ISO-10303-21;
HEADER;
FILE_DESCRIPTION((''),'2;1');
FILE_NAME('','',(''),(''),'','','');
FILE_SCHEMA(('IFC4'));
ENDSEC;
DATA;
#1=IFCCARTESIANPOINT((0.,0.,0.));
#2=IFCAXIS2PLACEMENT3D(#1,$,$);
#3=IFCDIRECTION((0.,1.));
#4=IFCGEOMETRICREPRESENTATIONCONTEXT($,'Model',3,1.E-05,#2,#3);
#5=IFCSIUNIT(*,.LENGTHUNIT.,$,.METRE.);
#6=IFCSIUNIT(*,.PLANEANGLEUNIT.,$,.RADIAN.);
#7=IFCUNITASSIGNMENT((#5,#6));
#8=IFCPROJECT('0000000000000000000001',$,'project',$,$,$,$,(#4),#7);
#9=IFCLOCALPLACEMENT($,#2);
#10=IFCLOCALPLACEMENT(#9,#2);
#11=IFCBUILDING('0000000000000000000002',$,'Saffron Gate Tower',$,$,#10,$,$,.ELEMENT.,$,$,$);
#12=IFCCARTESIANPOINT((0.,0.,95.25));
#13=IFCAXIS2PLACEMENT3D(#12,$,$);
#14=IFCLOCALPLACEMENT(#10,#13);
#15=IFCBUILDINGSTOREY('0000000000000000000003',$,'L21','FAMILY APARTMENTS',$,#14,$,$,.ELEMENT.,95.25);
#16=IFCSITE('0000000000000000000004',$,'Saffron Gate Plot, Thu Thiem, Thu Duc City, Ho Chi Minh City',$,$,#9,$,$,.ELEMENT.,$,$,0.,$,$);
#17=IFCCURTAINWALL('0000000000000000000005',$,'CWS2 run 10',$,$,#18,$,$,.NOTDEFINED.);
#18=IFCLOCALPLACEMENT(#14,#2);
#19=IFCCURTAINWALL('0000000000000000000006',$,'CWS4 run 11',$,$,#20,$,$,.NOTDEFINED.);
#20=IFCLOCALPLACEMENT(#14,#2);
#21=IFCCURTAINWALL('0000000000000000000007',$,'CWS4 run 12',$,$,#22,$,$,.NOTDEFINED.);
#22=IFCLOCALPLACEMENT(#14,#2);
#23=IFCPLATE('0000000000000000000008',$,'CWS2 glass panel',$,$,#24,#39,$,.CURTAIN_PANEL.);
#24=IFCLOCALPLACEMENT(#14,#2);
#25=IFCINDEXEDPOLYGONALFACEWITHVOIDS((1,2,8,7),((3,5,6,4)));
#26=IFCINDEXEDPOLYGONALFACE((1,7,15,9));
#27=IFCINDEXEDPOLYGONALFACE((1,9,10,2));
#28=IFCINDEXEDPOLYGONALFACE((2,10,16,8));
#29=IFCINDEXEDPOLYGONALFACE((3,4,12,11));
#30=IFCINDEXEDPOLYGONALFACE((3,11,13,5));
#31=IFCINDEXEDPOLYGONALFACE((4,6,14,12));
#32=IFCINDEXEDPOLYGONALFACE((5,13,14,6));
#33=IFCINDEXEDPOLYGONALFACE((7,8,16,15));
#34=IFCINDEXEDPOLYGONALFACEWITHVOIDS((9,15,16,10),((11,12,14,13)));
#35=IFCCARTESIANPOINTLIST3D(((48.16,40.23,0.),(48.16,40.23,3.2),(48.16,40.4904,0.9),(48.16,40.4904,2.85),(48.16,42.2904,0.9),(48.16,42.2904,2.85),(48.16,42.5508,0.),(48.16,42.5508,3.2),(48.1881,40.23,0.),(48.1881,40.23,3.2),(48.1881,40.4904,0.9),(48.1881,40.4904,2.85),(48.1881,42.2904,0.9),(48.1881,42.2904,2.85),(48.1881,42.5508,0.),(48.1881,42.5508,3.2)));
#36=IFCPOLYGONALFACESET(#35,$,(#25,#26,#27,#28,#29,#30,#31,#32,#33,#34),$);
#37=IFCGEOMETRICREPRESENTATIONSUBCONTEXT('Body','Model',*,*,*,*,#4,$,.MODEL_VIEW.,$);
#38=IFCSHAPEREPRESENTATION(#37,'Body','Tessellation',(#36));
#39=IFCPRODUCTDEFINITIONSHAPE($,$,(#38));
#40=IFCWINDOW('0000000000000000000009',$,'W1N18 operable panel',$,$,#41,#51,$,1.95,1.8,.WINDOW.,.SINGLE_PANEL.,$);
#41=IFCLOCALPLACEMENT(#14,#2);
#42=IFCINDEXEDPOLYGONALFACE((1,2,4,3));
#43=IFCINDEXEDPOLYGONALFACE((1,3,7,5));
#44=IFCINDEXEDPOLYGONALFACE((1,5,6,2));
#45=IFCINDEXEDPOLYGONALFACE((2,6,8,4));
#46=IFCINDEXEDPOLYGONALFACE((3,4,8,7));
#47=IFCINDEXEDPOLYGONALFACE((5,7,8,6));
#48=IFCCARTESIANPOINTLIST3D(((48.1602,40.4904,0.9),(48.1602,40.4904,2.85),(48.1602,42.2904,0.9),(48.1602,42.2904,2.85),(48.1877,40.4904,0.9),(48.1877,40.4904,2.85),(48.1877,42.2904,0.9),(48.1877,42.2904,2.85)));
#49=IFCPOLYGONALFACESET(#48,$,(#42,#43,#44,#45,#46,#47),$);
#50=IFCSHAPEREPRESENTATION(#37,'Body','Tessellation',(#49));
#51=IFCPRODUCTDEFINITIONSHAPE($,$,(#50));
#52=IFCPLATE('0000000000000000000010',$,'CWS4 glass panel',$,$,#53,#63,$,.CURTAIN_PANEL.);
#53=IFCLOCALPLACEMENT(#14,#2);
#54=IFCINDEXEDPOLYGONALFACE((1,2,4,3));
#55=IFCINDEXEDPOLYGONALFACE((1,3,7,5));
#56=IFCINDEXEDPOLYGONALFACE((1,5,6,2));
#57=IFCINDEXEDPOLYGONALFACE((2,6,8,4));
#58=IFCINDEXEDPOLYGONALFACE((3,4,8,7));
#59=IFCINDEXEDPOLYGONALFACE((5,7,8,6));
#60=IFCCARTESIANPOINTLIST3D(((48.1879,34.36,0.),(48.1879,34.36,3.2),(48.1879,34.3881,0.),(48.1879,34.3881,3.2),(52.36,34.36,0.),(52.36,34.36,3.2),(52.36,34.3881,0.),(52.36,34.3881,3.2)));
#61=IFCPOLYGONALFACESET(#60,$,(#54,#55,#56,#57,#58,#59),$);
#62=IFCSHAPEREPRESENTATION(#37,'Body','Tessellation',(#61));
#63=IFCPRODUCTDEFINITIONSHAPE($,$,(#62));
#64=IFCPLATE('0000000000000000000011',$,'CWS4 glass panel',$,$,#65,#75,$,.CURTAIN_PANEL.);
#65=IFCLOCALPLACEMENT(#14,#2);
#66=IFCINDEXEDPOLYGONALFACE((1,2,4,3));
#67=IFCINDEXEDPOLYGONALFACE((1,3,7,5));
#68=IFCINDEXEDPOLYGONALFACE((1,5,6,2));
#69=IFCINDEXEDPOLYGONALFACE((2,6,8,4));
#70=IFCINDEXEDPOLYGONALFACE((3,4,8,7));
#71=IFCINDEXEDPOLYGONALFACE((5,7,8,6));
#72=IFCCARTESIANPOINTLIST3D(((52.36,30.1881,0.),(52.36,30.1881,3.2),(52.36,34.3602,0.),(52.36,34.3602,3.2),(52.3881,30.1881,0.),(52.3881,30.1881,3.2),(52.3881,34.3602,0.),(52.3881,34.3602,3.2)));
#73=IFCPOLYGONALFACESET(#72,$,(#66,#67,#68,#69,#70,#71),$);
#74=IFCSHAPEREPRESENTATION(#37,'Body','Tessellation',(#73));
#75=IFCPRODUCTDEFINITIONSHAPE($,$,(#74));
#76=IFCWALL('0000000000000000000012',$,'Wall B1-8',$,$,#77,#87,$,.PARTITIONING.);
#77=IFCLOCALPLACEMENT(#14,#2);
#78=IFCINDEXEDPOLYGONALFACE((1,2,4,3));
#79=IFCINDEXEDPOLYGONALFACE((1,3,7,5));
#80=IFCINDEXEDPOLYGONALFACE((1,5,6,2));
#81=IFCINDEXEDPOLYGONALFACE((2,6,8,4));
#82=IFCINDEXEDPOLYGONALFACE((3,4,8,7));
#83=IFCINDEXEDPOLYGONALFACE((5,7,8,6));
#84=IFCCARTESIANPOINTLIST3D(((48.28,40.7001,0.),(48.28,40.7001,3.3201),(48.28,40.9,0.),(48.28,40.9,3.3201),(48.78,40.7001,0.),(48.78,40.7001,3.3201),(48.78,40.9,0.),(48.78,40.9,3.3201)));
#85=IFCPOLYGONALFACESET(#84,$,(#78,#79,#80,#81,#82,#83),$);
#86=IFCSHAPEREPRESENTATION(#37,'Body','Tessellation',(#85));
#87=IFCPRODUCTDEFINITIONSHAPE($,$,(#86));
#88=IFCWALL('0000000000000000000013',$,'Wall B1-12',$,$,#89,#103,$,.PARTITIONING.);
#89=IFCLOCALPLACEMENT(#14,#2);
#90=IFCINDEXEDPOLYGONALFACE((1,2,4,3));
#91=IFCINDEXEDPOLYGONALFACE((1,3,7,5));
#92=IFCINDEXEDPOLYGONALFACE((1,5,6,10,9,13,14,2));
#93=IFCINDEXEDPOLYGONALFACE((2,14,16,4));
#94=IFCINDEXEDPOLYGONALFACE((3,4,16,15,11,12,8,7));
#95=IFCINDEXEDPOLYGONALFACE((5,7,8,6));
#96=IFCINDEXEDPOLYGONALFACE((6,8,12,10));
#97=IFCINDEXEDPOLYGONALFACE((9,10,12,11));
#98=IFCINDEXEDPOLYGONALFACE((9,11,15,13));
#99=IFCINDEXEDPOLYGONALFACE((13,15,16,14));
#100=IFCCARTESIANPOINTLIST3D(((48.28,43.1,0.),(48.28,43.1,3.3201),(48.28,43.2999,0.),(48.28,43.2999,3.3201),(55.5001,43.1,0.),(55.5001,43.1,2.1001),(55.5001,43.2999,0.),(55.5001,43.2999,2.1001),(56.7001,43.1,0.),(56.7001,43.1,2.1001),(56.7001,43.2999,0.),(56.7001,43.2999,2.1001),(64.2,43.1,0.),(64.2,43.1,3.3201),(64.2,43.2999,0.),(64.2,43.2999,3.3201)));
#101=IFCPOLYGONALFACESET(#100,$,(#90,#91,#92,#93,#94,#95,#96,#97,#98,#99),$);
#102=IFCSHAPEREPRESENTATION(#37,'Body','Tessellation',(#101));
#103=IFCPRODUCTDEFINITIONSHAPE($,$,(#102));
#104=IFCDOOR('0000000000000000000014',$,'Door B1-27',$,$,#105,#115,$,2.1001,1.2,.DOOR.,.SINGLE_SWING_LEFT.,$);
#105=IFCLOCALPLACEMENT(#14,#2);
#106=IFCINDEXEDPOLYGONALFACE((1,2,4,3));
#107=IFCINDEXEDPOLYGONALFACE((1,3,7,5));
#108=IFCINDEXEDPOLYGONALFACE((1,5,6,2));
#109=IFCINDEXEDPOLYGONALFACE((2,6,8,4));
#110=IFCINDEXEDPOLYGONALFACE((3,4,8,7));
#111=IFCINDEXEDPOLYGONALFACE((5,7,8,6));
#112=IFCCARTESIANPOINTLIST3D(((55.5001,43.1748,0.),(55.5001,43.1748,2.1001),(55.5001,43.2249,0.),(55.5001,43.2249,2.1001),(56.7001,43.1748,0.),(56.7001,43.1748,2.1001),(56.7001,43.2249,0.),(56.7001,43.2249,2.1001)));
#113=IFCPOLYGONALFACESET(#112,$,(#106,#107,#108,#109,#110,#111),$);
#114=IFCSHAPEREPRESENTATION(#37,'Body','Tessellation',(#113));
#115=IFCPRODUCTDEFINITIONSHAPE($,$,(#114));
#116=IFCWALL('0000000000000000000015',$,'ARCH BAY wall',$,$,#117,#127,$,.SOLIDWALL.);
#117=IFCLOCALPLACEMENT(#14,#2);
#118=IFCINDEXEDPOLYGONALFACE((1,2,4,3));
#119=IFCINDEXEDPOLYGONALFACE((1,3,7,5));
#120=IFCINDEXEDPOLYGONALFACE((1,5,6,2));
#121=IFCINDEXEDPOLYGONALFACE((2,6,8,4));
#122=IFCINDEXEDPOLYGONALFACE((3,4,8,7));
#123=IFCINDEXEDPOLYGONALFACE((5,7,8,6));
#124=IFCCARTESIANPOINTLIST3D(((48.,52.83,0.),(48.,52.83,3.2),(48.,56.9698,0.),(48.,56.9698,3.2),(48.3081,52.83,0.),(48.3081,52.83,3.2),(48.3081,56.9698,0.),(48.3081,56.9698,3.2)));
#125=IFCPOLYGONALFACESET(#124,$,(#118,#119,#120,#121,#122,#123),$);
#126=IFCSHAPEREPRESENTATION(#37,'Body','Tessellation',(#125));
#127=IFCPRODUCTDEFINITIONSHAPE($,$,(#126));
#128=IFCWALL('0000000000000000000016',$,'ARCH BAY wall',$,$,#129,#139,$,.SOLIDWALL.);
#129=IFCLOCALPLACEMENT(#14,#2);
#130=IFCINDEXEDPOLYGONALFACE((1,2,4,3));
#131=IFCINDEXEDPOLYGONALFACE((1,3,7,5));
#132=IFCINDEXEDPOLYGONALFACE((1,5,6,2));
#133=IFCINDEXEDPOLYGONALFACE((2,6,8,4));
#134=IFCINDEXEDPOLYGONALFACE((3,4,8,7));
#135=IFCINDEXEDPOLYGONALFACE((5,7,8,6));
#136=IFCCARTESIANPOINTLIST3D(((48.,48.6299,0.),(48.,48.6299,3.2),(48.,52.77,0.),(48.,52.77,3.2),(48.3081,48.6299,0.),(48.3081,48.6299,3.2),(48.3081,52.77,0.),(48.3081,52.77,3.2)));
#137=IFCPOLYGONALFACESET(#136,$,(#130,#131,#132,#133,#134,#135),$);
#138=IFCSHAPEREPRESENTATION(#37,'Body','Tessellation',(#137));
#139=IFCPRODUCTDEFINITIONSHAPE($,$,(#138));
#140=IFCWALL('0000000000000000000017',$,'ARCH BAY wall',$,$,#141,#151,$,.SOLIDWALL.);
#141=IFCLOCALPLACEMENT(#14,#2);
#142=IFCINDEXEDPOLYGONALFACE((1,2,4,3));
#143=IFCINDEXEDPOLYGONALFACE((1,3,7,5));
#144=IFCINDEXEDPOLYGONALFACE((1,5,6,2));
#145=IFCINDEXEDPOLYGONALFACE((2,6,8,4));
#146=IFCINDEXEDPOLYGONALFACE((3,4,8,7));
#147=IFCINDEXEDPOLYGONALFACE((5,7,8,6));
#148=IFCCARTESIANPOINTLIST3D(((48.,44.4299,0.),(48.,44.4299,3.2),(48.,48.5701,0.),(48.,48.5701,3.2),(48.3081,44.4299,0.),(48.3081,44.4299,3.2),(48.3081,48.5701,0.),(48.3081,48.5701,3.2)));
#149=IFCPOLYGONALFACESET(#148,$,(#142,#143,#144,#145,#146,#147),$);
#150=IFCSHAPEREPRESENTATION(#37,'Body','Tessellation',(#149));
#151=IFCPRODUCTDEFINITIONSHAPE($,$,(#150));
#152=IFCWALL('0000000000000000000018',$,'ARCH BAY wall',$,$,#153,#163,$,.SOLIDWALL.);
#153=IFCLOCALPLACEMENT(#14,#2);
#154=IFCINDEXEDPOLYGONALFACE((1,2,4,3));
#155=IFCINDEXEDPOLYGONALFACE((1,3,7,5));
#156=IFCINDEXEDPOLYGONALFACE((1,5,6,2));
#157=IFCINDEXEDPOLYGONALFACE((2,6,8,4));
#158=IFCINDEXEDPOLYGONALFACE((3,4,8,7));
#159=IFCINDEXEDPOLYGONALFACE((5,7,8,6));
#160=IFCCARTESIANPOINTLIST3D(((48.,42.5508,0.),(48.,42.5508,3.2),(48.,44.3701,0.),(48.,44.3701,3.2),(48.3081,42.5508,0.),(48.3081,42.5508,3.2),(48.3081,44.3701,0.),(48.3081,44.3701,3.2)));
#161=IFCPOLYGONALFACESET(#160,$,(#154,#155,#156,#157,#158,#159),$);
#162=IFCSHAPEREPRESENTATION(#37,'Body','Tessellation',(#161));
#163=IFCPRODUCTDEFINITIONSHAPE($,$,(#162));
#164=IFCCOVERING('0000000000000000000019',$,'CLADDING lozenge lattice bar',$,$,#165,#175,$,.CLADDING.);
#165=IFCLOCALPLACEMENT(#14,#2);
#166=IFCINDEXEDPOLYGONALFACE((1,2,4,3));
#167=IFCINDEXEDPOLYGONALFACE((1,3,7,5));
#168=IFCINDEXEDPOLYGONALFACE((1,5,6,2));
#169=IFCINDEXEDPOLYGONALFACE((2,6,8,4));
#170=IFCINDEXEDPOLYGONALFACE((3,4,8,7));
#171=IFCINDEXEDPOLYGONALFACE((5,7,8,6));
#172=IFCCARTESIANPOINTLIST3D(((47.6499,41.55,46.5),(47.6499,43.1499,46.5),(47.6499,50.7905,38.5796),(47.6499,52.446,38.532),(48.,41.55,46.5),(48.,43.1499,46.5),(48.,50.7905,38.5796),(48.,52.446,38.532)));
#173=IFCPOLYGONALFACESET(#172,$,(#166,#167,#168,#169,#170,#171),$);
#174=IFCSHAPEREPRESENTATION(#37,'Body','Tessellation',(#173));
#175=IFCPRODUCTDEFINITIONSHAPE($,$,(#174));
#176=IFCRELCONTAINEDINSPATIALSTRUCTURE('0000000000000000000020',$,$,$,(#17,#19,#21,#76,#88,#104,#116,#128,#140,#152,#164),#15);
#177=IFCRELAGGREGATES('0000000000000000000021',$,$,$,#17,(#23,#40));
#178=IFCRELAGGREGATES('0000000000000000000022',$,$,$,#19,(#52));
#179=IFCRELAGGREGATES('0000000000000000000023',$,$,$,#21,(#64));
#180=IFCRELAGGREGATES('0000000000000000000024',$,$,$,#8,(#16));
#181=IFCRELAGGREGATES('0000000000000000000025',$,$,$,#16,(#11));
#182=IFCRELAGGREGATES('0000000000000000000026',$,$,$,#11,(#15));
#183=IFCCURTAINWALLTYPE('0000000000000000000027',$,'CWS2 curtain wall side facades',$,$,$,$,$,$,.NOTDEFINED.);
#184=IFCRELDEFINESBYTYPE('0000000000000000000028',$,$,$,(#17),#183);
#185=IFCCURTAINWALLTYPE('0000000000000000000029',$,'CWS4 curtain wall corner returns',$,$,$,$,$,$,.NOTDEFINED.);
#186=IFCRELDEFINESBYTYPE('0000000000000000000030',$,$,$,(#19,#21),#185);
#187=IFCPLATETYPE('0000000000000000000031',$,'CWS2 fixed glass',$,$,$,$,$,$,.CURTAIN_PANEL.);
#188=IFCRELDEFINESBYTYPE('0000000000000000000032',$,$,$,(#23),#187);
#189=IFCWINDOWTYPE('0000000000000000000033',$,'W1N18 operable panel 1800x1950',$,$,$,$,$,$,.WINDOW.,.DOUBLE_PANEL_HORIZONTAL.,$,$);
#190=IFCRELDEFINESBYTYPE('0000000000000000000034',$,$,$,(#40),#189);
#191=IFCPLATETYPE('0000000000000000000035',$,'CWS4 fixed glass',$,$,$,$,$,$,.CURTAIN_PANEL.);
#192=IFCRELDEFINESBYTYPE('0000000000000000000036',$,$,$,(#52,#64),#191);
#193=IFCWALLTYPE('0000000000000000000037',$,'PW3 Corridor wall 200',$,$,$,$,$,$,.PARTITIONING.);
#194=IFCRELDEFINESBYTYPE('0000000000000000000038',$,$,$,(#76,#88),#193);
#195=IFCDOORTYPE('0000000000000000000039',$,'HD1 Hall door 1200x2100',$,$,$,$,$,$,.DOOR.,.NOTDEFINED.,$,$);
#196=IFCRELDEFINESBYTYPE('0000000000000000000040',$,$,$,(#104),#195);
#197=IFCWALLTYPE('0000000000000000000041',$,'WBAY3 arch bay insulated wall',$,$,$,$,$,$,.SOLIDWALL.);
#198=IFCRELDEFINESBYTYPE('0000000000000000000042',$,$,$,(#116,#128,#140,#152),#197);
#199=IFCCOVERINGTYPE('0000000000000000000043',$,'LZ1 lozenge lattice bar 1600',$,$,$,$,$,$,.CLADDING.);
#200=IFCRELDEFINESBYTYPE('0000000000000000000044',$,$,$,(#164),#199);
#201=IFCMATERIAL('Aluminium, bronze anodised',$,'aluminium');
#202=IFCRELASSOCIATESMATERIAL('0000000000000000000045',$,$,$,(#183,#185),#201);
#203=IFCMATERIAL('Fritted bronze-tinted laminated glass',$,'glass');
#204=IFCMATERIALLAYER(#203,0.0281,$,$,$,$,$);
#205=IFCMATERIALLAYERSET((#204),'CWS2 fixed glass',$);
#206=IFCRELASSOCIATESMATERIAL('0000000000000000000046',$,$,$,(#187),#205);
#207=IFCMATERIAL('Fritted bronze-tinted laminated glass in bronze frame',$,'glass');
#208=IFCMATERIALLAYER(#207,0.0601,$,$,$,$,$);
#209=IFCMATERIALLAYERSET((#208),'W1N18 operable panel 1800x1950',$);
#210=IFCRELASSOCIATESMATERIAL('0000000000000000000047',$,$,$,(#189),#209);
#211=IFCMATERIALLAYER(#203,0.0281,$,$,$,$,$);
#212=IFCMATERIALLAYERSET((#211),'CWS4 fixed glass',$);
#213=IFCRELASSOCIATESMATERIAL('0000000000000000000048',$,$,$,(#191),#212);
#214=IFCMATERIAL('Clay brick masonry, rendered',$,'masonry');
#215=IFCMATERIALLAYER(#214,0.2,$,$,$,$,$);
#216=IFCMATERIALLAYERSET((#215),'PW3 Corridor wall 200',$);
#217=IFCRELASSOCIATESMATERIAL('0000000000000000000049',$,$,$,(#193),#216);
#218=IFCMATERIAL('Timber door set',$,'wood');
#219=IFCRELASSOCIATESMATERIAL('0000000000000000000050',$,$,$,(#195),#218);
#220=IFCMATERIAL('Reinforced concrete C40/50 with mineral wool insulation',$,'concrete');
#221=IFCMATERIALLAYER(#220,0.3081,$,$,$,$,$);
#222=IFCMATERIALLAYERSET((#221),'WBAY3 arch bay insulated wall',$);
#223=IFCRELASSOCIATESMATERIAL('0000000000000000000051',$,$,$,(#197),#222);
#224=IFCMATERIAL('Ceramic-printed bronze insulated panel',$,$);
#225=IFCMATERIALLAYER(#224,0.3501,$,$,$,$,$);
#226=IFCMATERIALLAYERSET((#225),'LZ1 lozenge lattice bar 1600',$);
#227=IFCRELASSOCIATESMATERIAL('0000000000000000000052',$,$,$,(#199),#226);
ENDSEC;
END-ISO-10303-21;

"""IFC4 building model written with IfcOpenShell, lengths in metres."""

from ifc_helpers import new_model, si_unit, direction, frame, frame_2d, origin, place, context, subcontext, project, spatial, polyline, rectangle, outline, extrude, material, layer, layer_set, type_object, element, fill, aggregate, save


model = new_model("IFC4")

# Units and contexts
model_context = context("Model", 3, precision=1e-05, world=origin(), true_north=direction((0.0, 1.0)))
body_context = subcontext(model_context, "Body", "Model", "MODEL_VIEW")
ifc_project = project(units=[si_unit("LENGTHUNIT", "METRE"), si_unit("PLANEANGLEUNIT", "RADIAN")], contexts=[model_context])

# Site, building, storey
site_placement = place(None, origin())
site = spatial("IfcSite", under=ifc_project, at=site_placement, Name="Saffron Gate Plot, Thu Thiem, Thu Duc City, Ho Chi Minh City", CompositionType="ELEMENT", RefElevation=0.0)
building_placement = place(site_placement, origin())
building = spatial("IfcBuilding", under=site, at=building_placement, Name="Saffron Gate Tower", CompositionType="ELEMENT")
storey_placement = place(building_placement, frame((0.0, 0.0, 95.25)))
storey = spatial("IfcBuildingStorey", under=building, at=storey_placement, Name="L21", Description="FAMILY APARTMENTS", CompositionType="ELEMENT", Elevation=95.25)

# Curtain wall
ifc_material_1 = material(Name="Aluminium, bronze anodised", Category="aluminium")
curtain_wall_type_1 = type_object("IfcCurtainWallType", Name="CWS2 curtain wall side facades", PredefinedType="NOTDEFINED", material=ifc_material_1)
curtain_wall_1_placement = place(storey_placement, origin())
curtain_wall_1 = element("IfcCurtainWall", 1, at=curtain_wall_1_placement, inside=storey, type_object=curtain_wall_type_1, Name="CWS2 run 10", PredefinedType="NOTDEFINED")

# Curtain walls
curtain_wall_type_2 = type_object("IfcCurtainWallType", Name="CWS4 curtain wall corner returns", PredefinedType="NOTDEFINED", material=ifc_material_1)
curtain_wall_2_placement = place(storey_placement, origin())
curtain_wall_2 = element("IfcCurtainWall", 2, at=curtain_wall_2_placement, inside=storey, type_object=curtain_wall_type_2, Name="CWS4 run 11", PredefinedType="NOTDEFINED")
curtain_wall_3_placement = place(storey_placement, origin())
curtain_wall_3 = element("IfcCurtainWall", 3, at=curtain_wall_3_placement, inside=storey, type_object=curtain_wall_type_2, Name="CWS4 run 12", PredefinedType="NOTDEFINED")

# Plate, opening, window
ifc_material_2 = material(Name="Fritted bronze-tinted laminated glass", Category="glass")
ifc_layer_1 = layer(ifc_material_2, 0.0281)
ifc_layer_set_1 = layer_set([ifc_layer_1], Name="CWS2 fixed glass")
plate_type_1 = type_object("IfcPlateType", Name="CWS2 fixed glass", PredefinedType="CURTAIN_PANEL", material=ifc_layer_set_1)
ifc_material_3 = material(Name="Fritted bronze-tinted laminated glass in bronze frame", Category="glass")
plate_1_placement = place(storey_placement, frame((48.1741, 42.5508, 0.0), z_axis=(0.0, 0.0, 1.0), x_axis=(0.0, -1.0, 0.0)))
plate_1 = element("IfcPlate", 4, at=plate_1_placement, type_object=plate_type_1, Name="CWS2 glass panel", PredefinedType="CURTAIN_PANEL", context=body_context, shape_type="SweptSolid", body=[
    extrude(rectangle(XDim=2.3208, YDim=0.0281, at=frame_2d((1.1604, 0.0))), origin(), (0.0, 0.0, 1.0), 3.2),
])
opening_1_placement = place(plate_1_placement, frame((0.2605, 0.0, 0.8999)))
opening_1 = element("IfcOpeningElement", 5, at=opening_1_placement, cuts=plate_1, PredefinedType="OPENING", context=body_context, shape_type="SweptSolid", body=[
    extrude(rectangle(XDim=1.8, YDim=1.95, at=frame_2d((0.8999, 0.9751))), frame((0.0, 0.0239, 0.0), z_axis=(0.0, -1.0, 0.0), x_axis=(1.0, 0.0, 0.0)), (0.0, 0.0, 1.0), 0.0481),
])
ifc_layer_2 = layer(ifc_material_3, 0.0601)
ifc_layer_set_2 = layer_set([ifc_layer_2], Name="W1N18 operable panel 1800x1950")
window_type_1 = type_object("IfcWindowType", Name="W1N18 operable panel 1800x1950", PartitioningType="DOUBLE_PANEL_HORIZONTAL", PredefinedType="WINDOW", material=ifc_layer_set_2)
window_1_placement = place(opening_1_placement, origin())
window_1 = element("IfcWindow", 6, at=window_1_placement, type_object=window_type_1, Name="W1N18 operable panel", OverallHeight=1.95, OverallWidth=1.8, PartitioningType="SINGLE_PANEL", PredefinedType="WINDOW", context=body_context, shape_type="SweptSolid", body=[
    extrude(rectangle(XDim=1.8, YDim=1.95, at=frame_2d((0.8999, 0.9751))), frame((0.0, 0.0137, 0.0), z_axis=(0.0, -1.0, 0.0), x_axis=(1.0, 0.0, 0.0)), (0.0, 0.0, 1.0), 0.0276),
])
fill(opening_1, window_1)
aggregate(curtain_wall_1, [plate_1, window_1])

# Plates
ifc_layer_3 = layer(ifc_material_2, 0.0281)
ifc_layer_set_3 = layer_set([ifc_layer_3], Name="CWS4 fixed glass")
plate_type_2 = type_object("IfcPlateType", Name="CWS4 fixed glass", PredefinedType="CURTAIN_PANEL", material=ifc_layer_set_3)
plate_2_placement = place(storey_placement, frame((48.188, 34.374, 0.0), z_axis=(0.0, 0.0, 1.0), x_axis=(1.0, 0.0, 0.0)))
plate_2 = element("IfcPlate", 7, at=plate_2_placement, type_object=plate_type_2, Name="CWS4 glass panel", PredefinedType="CURTAIN_PANEL", context=body_context, shape_type="SweptSolid", body=[
    extrude(rectangle(XDim=4.1721, YDim=0.0281, at=frame_2d((2.0859, 0.0))), origin(), (0.0, 0.0, 1.0), 3.2),
])
aggregate(curtain_wall_2, [plate_2])
plate_3_placement = place(storey_placement, frame((52.374, 34.3601, 0.0), z_axis=(0.0, 0.0, 1.0), x_axis=(0.0, -1.0, 0.0)))
plate_3 = element("IfcPlate", 8, at=plate_3_placement, type_object=plate_type_2, Name="CWS4 glass panel", PredefinedType="CURTAIN_PANEL", context=body_context, shape_type="SweptSolid", body=[
    extrude(rectangle(XDim=4.1721, YDim=0.0281, at=frame_2d((2.0859, 0.0))), origin(), (0.0, 0.0, 1.0), 3.2),
])
aggregate(curtain_wall_3, [plate_3])

# Wall
ifc_material_4 = material(Name="Clay brick masonry, rendered", Category="masonry")
ifc_layer_4 = layer(ifc_material_4, 0.2)
ifc_layer_set_4 = layer_set([ifc_layer_4], Name="PW3 Corridor wall 200")
wall_type_1 = type_object("IfcWallType", Name="PW3 Corridor wall 200", PredefinedType="PARTITIONING", material=ifc_layer_set_4)
wall_1_placement = place(storey_placement, frame((48.28, 40.8, 0.0), z_axis=(0.0, 0.0, 1.0), x_axis=(1.0, 0.0, 0.0)))
element("IfcWall", 9, at=wall_1_placement, inside=storey, type_object=wall_type_1, Name="Wall B1-8", PredefinedType="PARTITIONING", context=body_context, shape_type="SweptSolid", body=[
    extrude(rectangle(XDim=0.5, YDim=0.2, at=frame_2d((0.25, 0.0))), origin(), (0.0, 0.0, 1.0), 3.3201),
])

# Wall, opening, door
wall_2_placement = place(storey_placement, frame((48.28, 43.2, 0.0), z_axis=(0.0, 0.0, 1.0), x_axis=(1.0, 0.0, 0.0)))
wall_2 = element("IfcWall", 10, at=wall_2_placement, inside=storey, type_object=wall_type_1, Name="Wall B1-12", PredefinedType="PARTITIONING", context=body_context, shape_type="SweptSolid", body=[
    extrude(rectangle(XDim=15.9199, YDim=0.2, at=frame_2d((7.96, 0.0))), origin(), (0.0, 0.0, 1.0), 3.3201),
])
opening_2_placement = place(wall_2_placement, frame((7.22, 0.0, 0.0)))
opening_2 = element("IfcOpeningElement", 11, at=opening_2_placement, cuts=wall_2, PredefinedType="OPENING", context=body_context, shape_type="SweptSolid", body=[
    extrude(rectangle(XDim=1.2, YDim=2.1001, at=frame_2d((0.6001, 1.05))), frame((0.0, 0.1099, 0.0), z_axis=(0.0, -1.0, 0.0), x_axis=(1.0, 0.0, 0.0)), (0.0, 0.0, 1.0), 0.22),
])
ifc_material_5 = material(Name="Timber door set", Category="wood")
door_type = type_object("IfcDoorType", Name="HD1 Hall door 1200x2100", OperationType="NOTDEFINED", PredefinedType="DOOR", material=ifc_material_5)
door_placement = place(opening_2_placement, origin())
door = element("IfcDoor", 12, at=door_placement, inside=storey, type_object=door_type, Name="Door B1-27", OperationType="SINGLE_SWING_LEFT", OverallHeight=2.1001, OverallWidth=1.2, PredefinedType="DOOR", context=body_context, shape_type="SweptSolid", body=[
    extrude(rectangle(XDim=1.2, YDim=2.1001, at=frame_2d((0.6001, 1.05))), frame((0.0, 0.0249, 0.0), z_axis=(0.0, -1.0, 0.0), x_axis=(1.0, 0.0, 0.0)), (0.0, 0.0, 1.0), 0.05),
])
fill(opening_2, door)

# Walls
ifc_material_6 = material(Name="Reinforced concrete C40/50 with mineral wool insulation", Category="concrete")
ifc_layer_5 = layer(ifc_material_6, 0.3081)
ifc_layer_set_5 = layer_set([ifc_layer_5], Name="WBAY3 arch bay insulated wall")
wall_type_2 = type_object("IfcWallType", Name="WBAY3 arch bay insulated wall", PredefinedType="SOLIDWALL", material=ifc_layer_set_5)
wall_3_placement = place(storey_placement, frame((48.1541, 52.8301, 0.0), z_axis=(0.0, 0.0, 1.0), x_axis=(0.0, 1.0, 0.0)))
element("IfcWall", 13, at=wall_3_placement, inside=storey, type_object=wall_type_2, Name="ARCH BAY wall", PredefinedType="SOLIDWALL", context=body_context, shape_type="SweptSolid", body=[
    extrude(rectangle(XDim=4.1399, YDim=0.3081, at=frame_2d((2.0698, 0.0))), origin(), (0.0, 0.0, 1.0), 3.2),
])
for number, where, z_axis, x_axis, name in (
    (14, (48.1541, 48.6299, 0.0), (0.0, 0.0, 1.0), (0.0, 1.0, 0.0), "ARCH BAY wall"),
    (15, (48.1541, 44.4299, 0.0), (0.0, 0.0, 1.0), (0.0, 1.0, 0.0), "ARCH BAY wall"),
):
    element("IfcWall", number, at=place(storey_placement, frame(where, z_axis=z_axis, x_axis=x_axis)), inside=storey, type_object=wall_type_2, Name=name, PredefinedType="SOLIDWALL", context=body_context, shape_type="SweptSolid", body=[
        extrude(rectangle(XDim=4.1401, YDim=0.3081, at=frame_2d((2.0701, 0.0))), origin(), (0.0, 0.0, 1.0), 3.2),
    ])
wall_4_placement = place(storey_placement, frame((48.1541, 42.5508, 0.0), z_axis=(0.0, 0.0, 1.0), x_axis=(0.0, 1.0, 0.0)))
element("IfcWall", 16, at=wall_4_placement, inside=storey, type_object=wall_type_2, Name="ARCH BAY wall", PredefinedType="SOLIDWALL", context=body_context, shape_type="SweptSolid", body=[
    extrude(rectangle(XDim=1.8193, YDim=0.3081, at=frame_2d((0.9097, 0.0))), origin(), (0.0, 0.0, 1.0), 3.2),
])

# Covering
ifc_material_7 = material(Name="Ceramic-printed bronze insulated panel")
ifc_layer_6 = layer(ifc_material_7, 0.3501)
ifc_layer_set_6 = layer_set([ifc_layer_6], Name="LZ1 lozenge lattice bar 1600")
covering_type = type_object("IfcCoveringType", Name="LZ1 lozenge lattice bar 1600", PredefinedType="CLADDING", material=ifc_layer_set_6)
covering_1_placement = place(storey_placement, frame((47.6499, 52.446, 38.532), z_axis=(-1.0, 0.0, 0.0), x_axis=(0.0, -0.999587, 0.028745)))
element("IfcCovering", 17, at=covering_1_placement, inside=storey, type_object=covering_type, Name="CLADDING lozenge lattice bar", PredefinedType="CLADDING", context=body_context, shape_type="SweptSolid", body=[
    extrude(outline(polyline([(0.0, 0.0), (1.6562, 0.0), (11.1205, 7.6515), (9.5213, 7.6975), (0.0, 0.0)])), origin(), (0.0, 0.0, -1.0), 0.3501),
])

save(model, "model.ifc")
